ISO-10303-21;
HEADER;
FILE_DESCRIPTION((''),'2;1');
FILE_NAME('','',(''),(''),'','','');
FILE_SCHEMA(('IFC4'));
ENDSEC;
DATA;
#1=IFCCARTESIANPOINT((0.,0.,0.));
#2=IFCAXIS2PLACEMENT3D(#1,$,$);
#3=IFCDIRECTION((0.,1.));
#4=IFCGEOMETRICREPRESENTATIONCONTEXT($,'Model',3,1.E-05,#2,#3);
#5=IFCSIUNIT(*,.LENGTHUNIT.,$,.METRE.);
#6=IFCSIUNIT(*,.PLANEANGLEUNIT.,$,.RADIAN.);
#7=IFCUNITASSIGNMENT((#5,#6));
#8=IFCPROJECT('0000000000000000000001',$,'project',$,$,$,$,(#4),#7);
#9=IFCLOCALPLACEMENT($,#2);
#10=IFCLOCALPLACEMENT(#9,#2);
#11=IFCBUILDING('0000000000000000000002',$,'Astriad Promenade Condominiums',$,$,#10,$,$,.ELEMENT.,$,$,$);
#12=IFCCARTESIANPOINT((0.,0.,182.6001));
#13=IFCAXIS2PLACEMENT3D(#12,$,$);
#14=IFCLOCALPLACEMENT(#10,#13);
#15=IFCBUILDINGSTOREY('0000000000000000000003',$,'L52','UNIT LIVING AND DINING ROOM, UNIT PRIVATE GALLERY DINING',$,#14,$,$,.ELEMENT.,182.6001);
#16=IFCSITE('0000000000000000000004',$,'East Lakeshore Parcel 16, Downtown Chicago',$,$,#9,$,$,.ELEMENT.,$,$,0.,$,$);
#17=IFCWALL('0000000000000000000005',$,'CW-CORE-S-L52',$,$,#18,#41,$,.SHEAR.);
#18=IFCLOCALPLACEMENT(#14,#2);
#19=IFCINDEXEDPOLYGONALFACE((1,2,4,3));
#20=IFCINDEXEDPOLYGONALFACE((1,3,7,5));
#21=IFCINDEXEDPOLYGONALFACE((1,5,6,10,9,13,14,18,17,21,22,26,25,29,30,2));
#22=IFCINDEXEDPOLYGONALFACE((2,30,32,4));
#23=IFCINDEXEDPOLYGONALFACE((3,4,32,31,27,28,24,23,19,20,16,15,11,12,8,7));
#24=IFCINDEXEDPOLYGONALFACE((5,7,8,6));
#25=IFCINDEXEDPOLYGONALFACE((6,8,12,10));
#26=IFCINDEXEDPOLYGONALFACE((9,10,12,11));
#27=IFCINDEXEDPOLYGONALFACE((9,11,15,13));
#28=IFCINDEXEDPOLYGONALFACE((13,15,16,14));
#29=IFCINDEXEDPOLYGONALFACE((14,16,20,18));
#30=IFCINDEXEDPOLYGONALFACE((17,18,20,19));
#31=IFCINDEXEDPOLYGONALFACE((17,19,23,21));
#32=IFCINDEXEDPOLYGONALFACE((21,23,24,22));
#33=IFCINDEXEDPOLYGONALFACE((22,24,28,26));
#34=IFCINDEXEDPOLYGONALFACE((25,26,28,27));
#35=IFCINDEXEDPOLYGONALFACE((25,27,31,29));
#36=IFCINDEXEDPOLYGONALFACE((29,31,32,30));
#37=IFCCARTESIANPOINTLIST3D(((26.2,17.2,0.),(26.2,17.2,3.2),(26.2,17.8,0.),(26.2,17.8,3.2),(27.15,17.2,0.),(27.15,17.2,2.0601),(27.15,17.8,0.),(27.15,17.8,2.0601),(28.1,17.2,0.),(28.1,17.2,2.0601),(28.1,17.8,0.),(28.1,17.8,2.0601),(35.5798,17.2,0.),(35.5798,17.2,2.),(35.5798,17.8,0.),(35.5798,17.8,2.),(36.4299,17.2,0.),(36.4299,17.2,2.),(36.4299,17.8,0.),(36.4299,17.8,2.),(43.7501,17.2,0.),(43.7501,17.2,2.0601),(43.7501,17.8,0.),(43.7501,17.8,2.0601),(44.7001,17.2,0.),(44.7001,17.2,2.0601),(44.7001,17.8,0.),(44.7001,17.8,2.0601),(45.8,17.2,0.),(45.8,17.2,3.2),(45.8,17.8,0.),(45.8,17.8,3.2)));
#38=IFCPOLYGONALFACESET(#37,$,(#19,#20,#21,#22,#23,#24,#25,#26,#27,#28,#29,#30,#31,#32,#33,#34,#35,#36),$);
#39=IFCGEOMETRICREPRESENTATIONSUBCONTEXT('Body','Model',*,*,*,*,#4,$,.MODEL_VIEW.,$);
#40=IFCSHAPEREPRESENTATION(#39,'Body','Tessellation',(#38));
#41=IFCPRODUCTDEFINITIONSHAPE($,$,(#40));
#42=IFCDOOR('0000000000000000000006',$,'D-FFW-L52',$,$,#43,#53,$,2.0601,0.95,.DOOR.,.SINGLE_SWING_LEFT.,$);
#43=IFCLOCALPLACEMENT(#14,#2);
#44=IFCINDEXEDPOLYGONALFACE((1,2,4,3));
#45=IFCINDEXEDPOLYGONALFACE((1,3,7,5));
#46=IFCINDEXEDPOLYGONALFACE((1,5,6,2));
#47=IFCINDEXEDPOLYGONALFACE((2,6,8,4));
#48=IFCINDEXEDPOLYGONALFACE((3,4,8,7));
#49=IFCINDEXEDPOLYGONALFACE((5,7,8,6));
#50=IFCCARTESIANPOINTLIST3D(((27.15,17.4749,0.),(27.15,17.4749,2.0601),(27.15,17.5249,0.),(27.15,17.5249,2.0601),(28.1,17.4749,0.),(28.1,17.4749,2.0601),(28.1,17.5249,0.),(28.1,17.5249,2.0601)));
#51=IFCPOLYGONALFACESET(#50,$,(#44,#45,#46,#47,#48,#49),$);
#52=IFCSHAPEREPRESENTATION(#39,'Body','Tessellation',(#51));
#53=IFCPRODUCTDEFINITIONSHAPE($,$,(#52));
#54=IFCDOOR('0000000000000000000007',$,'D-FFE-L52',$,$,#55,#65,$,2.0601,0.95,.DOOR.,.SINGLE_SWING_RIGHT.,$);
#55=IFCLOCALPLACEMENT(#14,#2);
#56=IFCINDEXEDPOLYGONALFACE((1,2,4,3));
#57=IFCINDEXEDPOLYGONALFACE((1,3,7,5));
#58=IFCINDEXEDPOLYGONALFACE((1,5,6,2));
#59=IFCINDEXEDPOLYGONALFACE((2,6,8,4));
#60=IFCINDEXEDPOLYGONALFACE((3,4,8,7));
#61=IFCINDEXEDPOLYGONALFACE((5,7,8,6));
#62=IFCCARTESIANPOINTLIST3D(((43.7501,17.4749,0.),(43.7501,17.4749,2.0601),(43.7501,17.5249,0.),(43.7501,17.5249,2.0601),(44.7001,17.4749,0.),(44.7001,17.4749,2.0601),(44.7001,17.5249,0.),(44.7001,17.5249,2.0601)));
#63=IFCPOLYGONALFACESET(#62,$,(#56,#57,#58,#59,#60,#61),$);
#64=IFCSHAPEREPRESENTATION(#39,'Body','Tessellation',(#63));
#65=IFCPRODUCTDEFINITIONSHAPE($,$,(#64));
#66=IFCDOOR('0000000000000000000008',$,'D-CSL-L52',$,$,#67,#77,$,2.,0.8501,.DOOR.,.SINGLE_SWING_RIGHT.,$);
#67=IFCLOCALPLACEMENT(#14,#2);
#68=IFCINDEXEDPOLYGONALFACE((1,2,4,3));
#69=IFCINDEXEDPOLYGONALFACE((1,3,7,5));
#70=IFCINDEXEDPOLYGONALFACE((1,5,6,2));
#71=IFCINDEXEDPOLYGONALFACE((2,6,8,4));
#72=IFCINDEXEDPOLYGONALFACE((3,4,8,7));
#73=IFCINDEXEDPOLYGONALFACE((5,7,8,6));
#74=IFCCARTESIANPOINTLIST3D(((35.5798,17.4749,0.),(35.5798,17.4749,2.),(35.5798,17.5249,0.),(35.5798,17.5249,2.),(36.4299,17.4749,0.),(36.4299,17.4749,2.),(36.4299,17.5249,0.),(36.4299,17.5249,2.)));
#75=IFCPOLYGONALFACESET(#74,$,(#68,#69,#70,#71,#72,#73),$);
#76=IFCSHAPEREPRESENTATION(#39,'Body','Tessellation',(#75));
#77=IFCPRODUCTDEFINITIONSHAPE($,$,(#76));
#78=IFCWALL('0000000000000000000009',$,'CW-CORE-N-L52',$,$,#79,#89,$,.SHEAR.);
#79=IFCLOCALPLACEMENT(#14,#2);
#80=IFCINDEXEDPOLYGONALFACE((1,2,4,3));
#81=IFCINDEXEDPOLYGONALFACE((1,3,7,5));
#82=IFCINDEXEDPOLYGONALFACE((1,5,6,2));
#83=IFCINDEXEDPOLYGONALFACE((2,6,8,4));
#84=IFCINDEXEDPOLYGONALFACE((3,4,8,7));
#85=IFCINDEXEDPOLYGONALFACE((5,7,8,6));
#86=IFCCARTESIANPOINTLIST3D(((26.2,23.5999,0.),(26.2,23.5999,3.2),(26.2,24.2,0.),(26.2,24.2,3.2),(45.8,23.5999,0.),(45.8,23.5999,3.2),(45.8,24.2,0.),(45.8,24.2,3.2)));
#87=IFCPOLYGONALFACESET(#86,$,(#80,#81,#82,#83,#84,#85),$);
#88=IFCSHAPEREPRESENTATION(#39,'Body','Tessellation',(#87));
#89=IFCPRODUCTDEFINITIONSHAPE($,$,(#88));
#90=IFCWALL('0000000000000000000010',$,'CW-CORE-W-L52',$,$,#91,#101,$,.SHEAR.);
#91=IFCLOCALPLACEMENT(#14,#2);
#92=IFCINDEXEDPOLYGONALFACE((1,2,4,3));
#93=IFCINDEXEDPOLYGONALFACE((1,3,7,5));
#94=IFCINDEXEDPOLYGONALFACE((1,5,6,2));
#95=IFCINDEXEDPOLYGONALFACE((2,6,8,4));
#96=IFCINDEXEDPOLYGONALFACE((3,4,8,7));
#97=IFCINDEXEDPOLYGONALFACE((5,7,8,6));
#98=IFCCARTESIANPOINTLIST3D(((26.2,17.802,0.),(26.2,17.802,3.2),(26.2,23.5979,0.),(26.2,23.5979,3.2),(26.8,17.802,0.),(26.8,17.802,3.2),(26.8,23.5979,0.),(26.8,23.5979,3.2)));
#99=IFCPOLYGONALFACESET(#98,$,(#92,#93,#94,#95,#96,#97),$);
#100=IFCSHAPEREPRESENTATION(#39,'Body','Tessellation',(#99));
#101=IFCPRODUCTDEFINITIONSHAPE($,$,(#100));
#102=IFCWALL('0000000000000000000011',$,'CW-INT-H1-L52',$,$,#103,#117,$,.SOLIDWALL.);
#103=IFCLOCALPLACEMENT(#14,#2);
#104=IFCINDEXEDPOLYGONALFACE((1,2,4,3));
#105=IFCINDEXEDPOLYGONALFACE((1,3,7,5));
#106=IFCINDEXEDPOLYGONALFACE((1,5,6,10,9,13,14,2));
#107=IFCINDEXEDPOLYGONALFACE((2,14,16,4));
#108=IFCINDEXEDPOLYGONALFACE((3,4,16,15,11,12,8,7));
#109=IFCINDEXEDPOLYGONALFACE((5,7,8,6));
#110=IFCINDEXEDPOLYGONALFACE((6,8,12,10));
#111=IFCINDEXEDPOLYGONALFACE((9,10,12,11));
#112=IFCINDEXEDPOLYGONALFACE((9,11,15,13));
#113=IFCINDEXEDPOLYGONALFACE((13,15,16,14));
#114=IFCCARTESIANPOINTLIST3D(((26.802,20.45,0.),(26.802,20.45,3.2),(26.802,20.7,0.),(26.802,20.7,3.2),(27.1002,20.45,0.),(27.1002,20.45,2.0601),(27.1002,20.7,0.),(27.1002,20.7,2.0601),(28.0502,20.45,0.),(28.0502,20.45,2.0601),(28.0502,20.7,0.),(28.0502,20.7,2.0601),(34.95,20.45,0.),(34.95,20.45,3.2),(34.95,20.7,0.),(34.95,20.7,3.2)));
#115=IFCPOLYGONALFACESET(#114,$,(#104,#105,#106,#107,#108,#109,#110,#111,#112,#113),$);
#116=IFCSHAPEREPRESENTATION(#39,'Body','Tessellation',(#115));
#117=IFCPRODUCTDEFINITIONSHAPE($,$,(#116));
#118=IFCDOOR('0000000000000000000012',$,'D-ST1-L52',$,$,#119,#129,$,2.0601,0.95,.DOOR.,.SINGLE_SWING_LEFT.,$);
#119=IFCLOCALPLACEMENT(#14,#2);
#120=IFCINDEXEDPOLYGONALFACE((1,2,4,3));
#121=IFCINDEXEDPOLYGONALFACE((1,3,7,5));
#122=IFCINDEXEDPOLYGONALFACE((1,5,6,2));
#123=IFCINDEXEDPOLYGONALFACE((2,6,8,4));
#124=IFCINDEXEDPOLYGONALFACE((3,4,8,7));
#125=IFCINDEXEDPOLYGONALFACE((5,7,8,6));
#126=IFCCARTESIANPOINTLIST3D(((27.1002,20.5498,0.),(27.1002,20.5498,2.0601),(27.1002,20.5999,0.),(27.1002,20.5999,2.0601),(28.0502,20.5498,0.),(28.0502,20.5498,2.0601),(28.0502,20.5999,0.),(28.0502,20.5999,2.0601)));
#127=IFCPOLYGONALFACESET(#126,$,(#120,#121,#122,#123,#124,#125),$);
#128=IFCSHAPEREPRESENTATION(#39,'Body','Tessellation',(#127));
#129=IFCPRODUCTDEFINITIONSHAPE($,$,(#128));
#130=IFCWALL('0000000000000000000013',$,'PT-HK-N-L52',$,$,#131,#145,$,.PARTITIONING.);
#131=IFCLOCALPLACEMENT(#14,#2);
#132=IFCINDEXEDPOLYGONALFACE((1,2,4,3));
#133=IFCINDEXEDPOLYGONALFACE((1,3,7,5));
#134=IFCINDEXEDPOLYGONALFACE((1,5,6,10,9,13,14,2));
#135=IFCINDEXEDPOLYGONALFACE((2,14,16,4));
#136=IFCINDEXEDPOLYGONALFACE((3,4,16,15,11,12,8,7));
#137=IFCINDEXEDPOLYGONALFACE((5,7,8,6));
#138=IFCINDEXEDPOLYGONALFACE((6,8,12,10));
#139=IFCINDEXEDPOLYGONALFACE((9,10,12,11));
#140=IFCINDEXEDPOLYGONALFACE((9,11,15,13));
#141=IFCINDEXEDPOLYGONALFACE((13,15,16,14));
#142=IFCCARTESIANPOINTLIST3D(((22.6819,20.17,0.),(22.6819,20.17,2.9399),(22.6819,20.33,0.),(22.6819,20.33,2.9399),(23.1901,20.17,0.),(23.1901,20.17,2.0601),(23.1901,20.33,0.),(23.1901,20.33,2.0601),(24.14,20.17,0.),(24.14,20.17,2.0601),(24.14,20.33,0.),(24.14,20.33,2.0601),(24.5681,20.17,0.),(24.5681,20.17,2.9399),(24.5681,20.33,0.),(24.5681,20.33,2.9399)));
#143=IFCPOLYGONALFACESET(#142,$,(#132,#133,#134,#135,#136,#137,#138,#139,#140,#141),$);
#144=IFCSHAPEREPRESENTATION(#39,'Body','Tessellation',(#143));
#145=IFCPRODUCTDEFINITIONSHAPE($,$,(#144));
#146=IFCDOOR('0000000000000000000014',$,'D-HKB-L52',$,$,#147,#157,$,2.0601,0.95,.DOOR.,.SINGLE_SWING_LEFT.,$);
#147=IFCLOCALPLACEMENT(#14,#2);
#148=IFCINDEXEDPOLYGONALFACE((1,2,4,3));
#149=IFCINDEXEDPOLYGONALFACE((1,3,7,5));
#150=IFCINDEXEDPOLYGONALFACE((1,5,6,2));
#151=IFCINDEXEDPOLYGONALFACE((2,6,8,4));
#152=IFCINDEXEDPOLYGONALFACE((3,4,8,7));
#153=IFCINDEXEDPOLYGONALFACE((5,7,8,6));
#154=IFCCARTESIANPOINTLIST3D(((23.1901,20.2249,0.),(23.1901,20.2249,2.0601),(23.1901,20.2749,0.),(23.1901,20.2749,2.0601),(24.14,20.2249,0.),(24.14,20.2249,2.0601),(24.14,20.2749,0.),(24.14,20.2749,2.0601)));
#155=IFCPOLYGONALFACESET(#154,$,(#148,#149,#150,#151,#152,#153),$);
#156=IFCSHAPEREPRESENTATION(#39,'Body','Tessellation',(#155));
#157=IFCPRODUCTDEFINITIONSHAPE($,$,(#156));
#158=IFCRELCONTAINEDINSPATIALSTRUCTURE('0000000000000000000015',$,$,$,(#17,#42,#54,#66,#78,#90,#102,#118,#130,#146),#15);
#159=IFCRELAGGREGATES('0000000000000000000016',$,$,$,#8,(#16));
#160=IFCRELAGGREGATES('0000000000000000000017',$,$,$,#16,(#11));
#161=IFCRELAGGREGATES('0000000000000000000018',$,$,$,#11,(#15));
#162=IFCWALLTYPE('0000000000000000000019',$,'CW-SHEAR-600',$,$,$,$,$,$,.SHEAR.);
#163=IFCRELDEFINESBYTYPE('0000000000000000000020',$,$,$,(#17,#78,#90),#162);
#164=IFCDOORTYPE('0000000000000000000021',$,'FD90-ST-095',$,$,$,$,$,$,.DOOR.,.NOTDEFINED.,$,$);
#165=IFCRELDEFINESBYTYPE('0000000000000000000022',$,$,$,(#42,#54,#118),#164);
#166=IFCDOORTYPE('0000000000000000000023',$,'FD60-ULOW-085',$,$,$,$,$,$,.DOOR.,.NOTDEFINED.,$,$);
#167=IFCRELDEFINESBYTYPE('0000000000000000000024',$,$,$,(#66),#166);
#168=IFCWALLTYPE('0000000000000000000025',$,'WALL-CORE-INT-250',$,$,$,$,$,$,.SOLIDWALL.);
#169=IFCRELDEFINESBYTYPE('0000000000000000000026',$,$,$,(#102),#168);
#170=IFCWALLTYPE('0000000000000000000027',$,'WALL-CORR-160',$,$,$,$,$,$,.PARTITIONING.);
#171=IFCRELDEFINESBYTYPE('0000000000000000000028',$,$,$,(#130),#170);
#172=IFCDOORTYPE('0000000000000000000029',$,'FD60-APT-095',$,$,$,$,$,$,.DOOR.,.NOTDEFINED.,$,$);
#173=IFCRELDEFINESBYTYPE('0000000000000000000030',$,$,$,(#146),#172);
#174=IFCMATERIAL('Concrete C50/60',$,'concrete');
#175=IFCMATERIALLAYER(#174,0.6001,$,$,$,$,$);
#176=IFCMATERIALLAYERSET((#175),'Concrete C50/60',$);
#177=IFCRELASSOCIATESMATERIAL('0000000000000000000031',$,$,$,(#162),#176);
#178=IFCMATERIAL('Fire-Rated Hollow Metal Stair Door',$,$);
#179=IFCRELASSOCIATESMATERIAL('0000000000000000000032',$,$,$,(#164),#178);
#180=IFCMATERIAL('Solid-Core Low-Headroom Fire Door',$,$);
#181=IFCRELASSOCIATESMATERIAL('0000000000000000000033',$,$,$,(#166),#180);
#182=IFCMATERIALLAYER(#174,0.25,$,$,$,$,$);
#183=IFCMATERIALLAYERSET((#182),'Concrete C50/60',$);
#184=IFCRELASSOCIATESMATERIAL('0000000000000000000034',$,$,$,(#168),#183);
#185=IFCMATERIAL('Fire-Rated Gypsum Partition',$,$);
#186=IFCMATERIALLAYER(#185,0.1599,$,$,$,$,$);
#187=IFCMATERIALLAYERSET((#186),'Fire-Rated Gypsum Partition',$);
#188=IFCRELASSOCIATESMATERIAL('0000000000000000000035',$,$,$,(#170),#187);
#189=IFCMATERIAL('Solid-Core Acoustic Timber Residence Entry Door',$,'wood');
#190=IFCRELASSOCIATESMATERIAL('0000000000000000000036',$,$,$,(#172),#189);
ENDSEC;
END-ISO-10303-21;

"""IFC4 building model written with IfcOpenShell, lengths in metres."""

from ifc_helpers import new_model, si_unit, direction, frame, frame_2d, origin, place, context, subcontext, project, spatial, rectangle, extrude, source, transform, mapped, material, layer, layer_set, type_object, type_shapes, element, fill, save


model = new_model("IFC4")

# Units and contexts
model_context = context("Model", 3, precision=1e-05, world=origin(), true_north=direction((0.0, 1.0)))
body_context = subcontext(model_context, "Body", "Model", "MODEL_VIEW")
ifc_project = project(units=[si_unit("LENGTHUNIT", "METRE"), si_unit("PLANEANGLEUNIT", "RADIAN")], contexts=[model_context])

# Site, building, storey
site_placement = place(None, origin())
site = spatial("IfcSite", under=ifc_project, at=site_placement, Name="East Lakeshore Parcel 16, Downtown Chicago", CompositionType="ELEMENT", RefElevation=0.0)
building_placement = place(site_placement, origin())
building = spatial("IfcBuilding", under=site, at=building_placement, Name="Astriad Promenade Condominiums", CompositionType="ELEMENT")
storey_placement = place(building_placement, frame((0.0, 0.0, 182.6001)))
storey = spatial("IfcBuildingStorey", under=building, at=storey_placement, Name="L52", Description="UNIT LIVING AND DINING ROOM, UNIT PRIVATE GALLERY DINING", CompositionType="ELEMENT", Elevation=182.6001)

# Shared definitions
ifc_material_1 = material(Name="Concrete C50/60", Category="concrete")

# Wall, openings, doors
ifc_layer_1 = layer(ifc_material_1, 0.6001)
ifc_layer_set_1 = layer_set([ifc_layer_1], Name="Concrete C50/60")
wall_type_1 = type_object("IfcWallType", Name="CW-SHEAR-600", PredefinedType="SHEAR", material=ifc_layer_set_1)
wall_1_placement = place(storey_placement, frame((26.2, 17.5, 0.0), z_axis=(0.0, 0.0, 1.0), x_axis=(1.0, 0.0, 0.0)))
wall_1 = element("IfcWall", 1, at=wall_1_placement, inside=storey, type_object=wall_type_1, Name="CW-CORE-S-L52", PredefinedType="SHEAR", context=body_context, shape_type="SweptSolid", body=[
    extrude(rectangle(XDim=19.6001, YDim=0.6001, at=frame_2d((9.8, 0.0))), origin(), (0.0, 0.0, 1.0), 3.2),
])
opening_1_placement = place(wall_1_placement, frame((0.95, 0.0, 0.0)))
opening_1 = element("IfcOpeningElement", 2, at=opening_1_placement, cuts=wall_1, PredefinedType="OPENING", context=body_context, shape_type="SweptSolid", body=[
    extrude(rectangle(XDim=0.95, YDim=2.0601, at=frame_2d((0.4751, 1.03))), frame((0.0, 0.3101, 0.0), z_axis=(0.0, -1.0, 0.0), x_axis=(1.0, 0.0, 0.0)), (0.0, 0.0, 1.0), 0.6201),
])
opening_2_placement = place(wall_1_placement, frame((9.3799, 0.0, 0.0)))
opening_2 = element("IfcOpeningElement", 3, at=opening_2_placement, cuts=wall_1, PredefinedType="OPENING", context=body_context, shape_type="SweptSolid", body=[
    extrude(rectangle(XDim=0.8501, YDim=2.0, at=frame_2d((0.425, 1.0))), frame((0.0, 0.3101, 0.0), z_axis=(0.0, -1.0, 0.0), x_axis=(1.0, 0.0, 0.0)), (0.0, 0.0, 1.0), 0.6201),
])
opening_3_placement = place(wall_1_placement, frame((17.55, 0.0, 0.0)))
opening_3 = element("IfcOpeningElement", 4, at=opening_3_placement, cuts=wall_1, PredefinedType="OPENING", context=body_context, shape_type="SweptSolid", body=[
    extrude(rectangle(XDim=0.95, YDim=2.0601, at=frame_2d((0.4751, 1.03))), frame((0.0, 0.3101, 0.0), z_axis=(0.0, -1.0, 0.0), x_axis=(1.0, 0.0, 0.0)), (0.0, 0.0, 1.0), 0.6201),
])
ifc_material_2 = material(Name="Fire-Rated Hollow Metal Stair Door")
door_type_1 = type_object("IfcDoorType", Name="FD90-ST-095", OperationType="NOTDEFINED", PredefinedType="DOOR", material=ifc_material_2)
shared_shape_1 = source(origin(), body_context, "Body", "SweptSolid", [
    extrude(rectangle(XDim=0.95, YDim=2.0601, at=frame_2d((0.4751, 1.03))), frame((0.0, 0.0249, 0.0), z_axis=(0.0, -1.0, 0.0), x_axis=(1.0, 0.0, 0.0)), (0.0, 0.0, 1.0), 0.05),
])
type_shapes(door_type_1, [shared_shape_1])
door_1_placement = place(opening_1_placement, origin())
door_1 = element("IfcDoor", 5, at=door_1_placement, inside=storey, type_object=door_type_1, Name="D-FFW-L52", OperationType="SINGLE_SWING_LEFT", OverallHeight=2.0601, OverallWidth=0.95, PredefinedType="DOOR", context=body_context, shape_type="MappedRepresentation", body=[
    mapped(shared_shape_1, transform((0.0, 0.0, 0.0), scale=1.0)),
])
fill(opening_1, door_1)
door_2_placement = place(opening_3_placement, origin())
door_2 = element("IfcDoor", 6, at=door_2_placement, inside=storey, type_object=door_type_1, Name="D-FFE-L52", OperationType="SINGLE_SWING_RIGHT", OverallHeight=2.0601, OverallWidth=0.95, PredefinedType="DOOR", context=body_context, shape_type="MappedRepresentation", body=[
    mapped(shared_shape_1, transform((0.0, 0.0, 0.0), scale=1.0)),
])
fill(opening_3, door_2)
ifc_material_3 = material(Name="Solid-Core Low-Headroom Fire Door")
door_type_2 = type_object("IfcDoorType", Name="FD60-ULOW-085", OperationType="NOTDEFINED", PredefinedType="DOOR", material=ifc_material_3)
shared_shape_2 = source(origin(), body_context, "Body", "SweptSolid", [
    extrude(rectangle(XDim=0.8501, YDim=2.0, at=frame_2d((0.425, 1.0))), frame((0.0, 0.0249, 0.0), z_axis=(0.0, -1.0, 0.0), x_axis=(1.0, 0.0, 0.0)), (0.0, 0.0, 1.0), 0.05),
])
type_shapes(door_type_2, [shared_shape_2])
door_3_placement = place(opening_2_placement, origin())
door_3 = element("IfcDoor", 7, at=door_3_placement, inside=storey, type_object=door_type_2, Name="D-CSL-L52", OperationType="SINGLE_SWING_RIGHT", OverallHeight=2.0, OverallWidth=0.8501, PredefinedType="DOOR", context=body_context, shape_type="MappedRepresentation", body=[
    mapped(shared_shape_2, transform((0.0, 0.0, 0.0), scale=1.0)),
])
fill(opening_2, door_3)

# Walls
wall_2_placement = place(storey_placement, frame((26.2, 23.8999, 0.0), z_axis=(0.0, 0.0, 1.0), x_axis=(1.0, 0.0, 0.0)))
element("IfcWall", 8, at=wall_2_placement, inside=storey, type_object=wall_type_1, Name="CW-CORE-N-L52", PredefinedType="SHEAR", context=body_context, shape_type="SweptSolid", body=[
    extrude(rectangle(XDim=19.6001, YDim=0.6001, at=frame_2d((9.8, 0.0))), origin(), (0.0, 0.0, 1.0), 3.2),
])
wall_3_placement = place(storey_placement, frame((26.5, 17.802, 0.0), z_axis=(0.0, 0.0, 1.0), x_axis=(0.0, 1.0, 0.0)))
element("IfcWall", 9, at=wall_3_placement, inside=storey, type_object=wall_type_1, Name="CW-CORE-W-L52", PredefinedType="SHEAR", context=body_context, shape_type="SweptSolid", body=[
    extrude(rectangle(XDim=5.7959, YDim=0.6001, at=frame_2d((2.8979, 0.0))), origin(), (0.0, 0.0, 1.0), 3.2),
])

# Walls, openings, doors
ifc_layer_2 = layer(ifc_material_1, 0.25)
ifc_layer_set_2 = layer_set([ifc_layer_2], Name="Concrete C50/60")
wall_type_2 = type_object("IfcWallType", Name="WALL-CORE-INT-250", PredefinedType="SOLIDWALL", material=ifc_layer_set_2)
wall_4_placement = place(storey_placement, frame((26.802, 20.575, 0.0), z_axis=(0.0, 0.0, 1.0), x_axis=(1.0, 0.0, 0.0)))
wall_4 = element("IfcWall", 10, at=wall_4_placement, inside=storey, type_object=wall_type_2, Name="CW-INT-H1-L52", PredefinedType="SOLIDWALL", context=body_context, shape_type="SweptSolid", body=[
    extrude(rectangle(XDim=8.1479, YDim=0.25, at=frame_2d((4.074, 0.0))), origin(), (0.0, 0.0, 1.0), 3.2),
])
opening_4_placement = place(wall_4_placement, frame((0.2981, 0.0, 0.0)))
opening_4 = element("IfcOpeningElement", 11, at=opening_4_placement, cuts=wall_4, PredefinedType="OPENING", context=body_context, shape_type="SweptSolid", body=[
    extrude(rectangle(XDim=0.95, YDim=2.0601, at=frame_2d((0.4751, 1.03))), frame((0.0, 0.135, 0.0), z_axis=(0.0, -1.0, 0.0), x_axis=(1.0, 0.0, 0.0)), (0.0, 0.0, 1.0), 0.27),
])
door_4_placement = place(opening_4_placement, origin())
door_4 = element("IfcDoor", 12, at=door_4_placement, inside=storey, type_object=door_type_1, Name="D-ST1-L52", OperationType="SINGLE_SWING_LEFT", OverallHeight=2.0601, OverallWidth=0.95, PredefinedType="DOOR", context=body_context, shape_type="MappedRepresentation", body=[
    mapped(shared_shape_1, transform((0.0, 0.0, 0.0), scale=1.0)),
])
fill(opening_4, door_4)
ifc_material_4 = material(Name="Fire-Rated Gypsum Partition")
ifc_layer_3 = layer(ifc_material_4, 0.1599)
ifc_layer_set_3 = layer_set([ifc_layer_3], Name="Fire-Rated Gypsum Partition")
wall_type_3 = type_object("IfcWallType", Name="WALL-CORR-160", PredefinedType="PARTITIONING", material=ifc_layer_set_3)
wall_5_placement = place(storey_placement, frame((22.6819, 20.25, 0.0), z_axis=(0.0, 0.0, 1.0), x_axis=(1.0, 0.0, 0.0)))
wall_5 = element("IfcWall", 13, at=wall_5_placement, inside=storey, type_object=wall_type_3, Name="PT-HK-N-L52", PredefinedType="PARTITIONING", context=body_context, shape_type="SweptSolid", body=[
    extrude(rectangle(XDim=1.8862, YDim=0.1599, at=frame_2d((0.9431, 0.0))), origin(), (0.0, 0.0, 1.0), 2.9399),
])
opening_5_placement = place(wall_5_placement, frame((0.5081, 0.0, 0.0)))
opening_5 = element("IfcOpeningElement", 14, at=opening_5_placement, cuts=wall_5, PredefinedType="OPENING", context=body_context, shape_type="SweptSolid", body=[
    extrude(rectangle(XDim=0.95, YDim=2.0601, at=frame_2d((0.4751, 1.03))), frame((0.0, 0.0898, 0.0), z_axis=(0.0, -1.0, 0.0), x_axis=(1.0, 0.0, 0.0)), (0.0, 0.0, 1.0), 0.1799),
])
ifc_material_5 = material(Name="Solid-Core Acoustic Timber Residence Entry Door", Category="wood")
door_type_3 = type_object("IfcDoorType", Name="FD60-APT-095", OperationType="NOTDEFINED", PredefinedType="DOOR", material=ifc_material_5)
shared_shape_3 = source(origin(), body_context, "Body", "SweptSolid", [
    extrude(rectangle(XDim=0.95, YDim=2.0601, at=frame_2d((0.4751, 1.03))), frame((0.0, 0.0249, 0.0), z_axis=(0.0, -1.0, 0.0), x_axis=(1.0, 0.0, 0.0)), (0.0, 0.0, 1.0), 0.05),
])
type_shapes(door_type_3, [shared_shape_3])
door_5_placement = place(opening_5_placement, origin())
door_5 = element("IfcDoor", 15, at=door_5_placement, inside=storey, type_object=door_type_3, Name="D-HKB-L52", OperationType="SINGLE_SWING_LEFT", OverallHeight=2.0601, OverallWidth=0.95, PredefinedType="DOOR", context=body_context, shape_type="MappedRepresentation", body=[
    mapped(shared_shape_3, transform((0.0, 0.0, 0.0), scale=1.0)),
])
fill(opening_5, door_5)

save(model, "model.ifc")
